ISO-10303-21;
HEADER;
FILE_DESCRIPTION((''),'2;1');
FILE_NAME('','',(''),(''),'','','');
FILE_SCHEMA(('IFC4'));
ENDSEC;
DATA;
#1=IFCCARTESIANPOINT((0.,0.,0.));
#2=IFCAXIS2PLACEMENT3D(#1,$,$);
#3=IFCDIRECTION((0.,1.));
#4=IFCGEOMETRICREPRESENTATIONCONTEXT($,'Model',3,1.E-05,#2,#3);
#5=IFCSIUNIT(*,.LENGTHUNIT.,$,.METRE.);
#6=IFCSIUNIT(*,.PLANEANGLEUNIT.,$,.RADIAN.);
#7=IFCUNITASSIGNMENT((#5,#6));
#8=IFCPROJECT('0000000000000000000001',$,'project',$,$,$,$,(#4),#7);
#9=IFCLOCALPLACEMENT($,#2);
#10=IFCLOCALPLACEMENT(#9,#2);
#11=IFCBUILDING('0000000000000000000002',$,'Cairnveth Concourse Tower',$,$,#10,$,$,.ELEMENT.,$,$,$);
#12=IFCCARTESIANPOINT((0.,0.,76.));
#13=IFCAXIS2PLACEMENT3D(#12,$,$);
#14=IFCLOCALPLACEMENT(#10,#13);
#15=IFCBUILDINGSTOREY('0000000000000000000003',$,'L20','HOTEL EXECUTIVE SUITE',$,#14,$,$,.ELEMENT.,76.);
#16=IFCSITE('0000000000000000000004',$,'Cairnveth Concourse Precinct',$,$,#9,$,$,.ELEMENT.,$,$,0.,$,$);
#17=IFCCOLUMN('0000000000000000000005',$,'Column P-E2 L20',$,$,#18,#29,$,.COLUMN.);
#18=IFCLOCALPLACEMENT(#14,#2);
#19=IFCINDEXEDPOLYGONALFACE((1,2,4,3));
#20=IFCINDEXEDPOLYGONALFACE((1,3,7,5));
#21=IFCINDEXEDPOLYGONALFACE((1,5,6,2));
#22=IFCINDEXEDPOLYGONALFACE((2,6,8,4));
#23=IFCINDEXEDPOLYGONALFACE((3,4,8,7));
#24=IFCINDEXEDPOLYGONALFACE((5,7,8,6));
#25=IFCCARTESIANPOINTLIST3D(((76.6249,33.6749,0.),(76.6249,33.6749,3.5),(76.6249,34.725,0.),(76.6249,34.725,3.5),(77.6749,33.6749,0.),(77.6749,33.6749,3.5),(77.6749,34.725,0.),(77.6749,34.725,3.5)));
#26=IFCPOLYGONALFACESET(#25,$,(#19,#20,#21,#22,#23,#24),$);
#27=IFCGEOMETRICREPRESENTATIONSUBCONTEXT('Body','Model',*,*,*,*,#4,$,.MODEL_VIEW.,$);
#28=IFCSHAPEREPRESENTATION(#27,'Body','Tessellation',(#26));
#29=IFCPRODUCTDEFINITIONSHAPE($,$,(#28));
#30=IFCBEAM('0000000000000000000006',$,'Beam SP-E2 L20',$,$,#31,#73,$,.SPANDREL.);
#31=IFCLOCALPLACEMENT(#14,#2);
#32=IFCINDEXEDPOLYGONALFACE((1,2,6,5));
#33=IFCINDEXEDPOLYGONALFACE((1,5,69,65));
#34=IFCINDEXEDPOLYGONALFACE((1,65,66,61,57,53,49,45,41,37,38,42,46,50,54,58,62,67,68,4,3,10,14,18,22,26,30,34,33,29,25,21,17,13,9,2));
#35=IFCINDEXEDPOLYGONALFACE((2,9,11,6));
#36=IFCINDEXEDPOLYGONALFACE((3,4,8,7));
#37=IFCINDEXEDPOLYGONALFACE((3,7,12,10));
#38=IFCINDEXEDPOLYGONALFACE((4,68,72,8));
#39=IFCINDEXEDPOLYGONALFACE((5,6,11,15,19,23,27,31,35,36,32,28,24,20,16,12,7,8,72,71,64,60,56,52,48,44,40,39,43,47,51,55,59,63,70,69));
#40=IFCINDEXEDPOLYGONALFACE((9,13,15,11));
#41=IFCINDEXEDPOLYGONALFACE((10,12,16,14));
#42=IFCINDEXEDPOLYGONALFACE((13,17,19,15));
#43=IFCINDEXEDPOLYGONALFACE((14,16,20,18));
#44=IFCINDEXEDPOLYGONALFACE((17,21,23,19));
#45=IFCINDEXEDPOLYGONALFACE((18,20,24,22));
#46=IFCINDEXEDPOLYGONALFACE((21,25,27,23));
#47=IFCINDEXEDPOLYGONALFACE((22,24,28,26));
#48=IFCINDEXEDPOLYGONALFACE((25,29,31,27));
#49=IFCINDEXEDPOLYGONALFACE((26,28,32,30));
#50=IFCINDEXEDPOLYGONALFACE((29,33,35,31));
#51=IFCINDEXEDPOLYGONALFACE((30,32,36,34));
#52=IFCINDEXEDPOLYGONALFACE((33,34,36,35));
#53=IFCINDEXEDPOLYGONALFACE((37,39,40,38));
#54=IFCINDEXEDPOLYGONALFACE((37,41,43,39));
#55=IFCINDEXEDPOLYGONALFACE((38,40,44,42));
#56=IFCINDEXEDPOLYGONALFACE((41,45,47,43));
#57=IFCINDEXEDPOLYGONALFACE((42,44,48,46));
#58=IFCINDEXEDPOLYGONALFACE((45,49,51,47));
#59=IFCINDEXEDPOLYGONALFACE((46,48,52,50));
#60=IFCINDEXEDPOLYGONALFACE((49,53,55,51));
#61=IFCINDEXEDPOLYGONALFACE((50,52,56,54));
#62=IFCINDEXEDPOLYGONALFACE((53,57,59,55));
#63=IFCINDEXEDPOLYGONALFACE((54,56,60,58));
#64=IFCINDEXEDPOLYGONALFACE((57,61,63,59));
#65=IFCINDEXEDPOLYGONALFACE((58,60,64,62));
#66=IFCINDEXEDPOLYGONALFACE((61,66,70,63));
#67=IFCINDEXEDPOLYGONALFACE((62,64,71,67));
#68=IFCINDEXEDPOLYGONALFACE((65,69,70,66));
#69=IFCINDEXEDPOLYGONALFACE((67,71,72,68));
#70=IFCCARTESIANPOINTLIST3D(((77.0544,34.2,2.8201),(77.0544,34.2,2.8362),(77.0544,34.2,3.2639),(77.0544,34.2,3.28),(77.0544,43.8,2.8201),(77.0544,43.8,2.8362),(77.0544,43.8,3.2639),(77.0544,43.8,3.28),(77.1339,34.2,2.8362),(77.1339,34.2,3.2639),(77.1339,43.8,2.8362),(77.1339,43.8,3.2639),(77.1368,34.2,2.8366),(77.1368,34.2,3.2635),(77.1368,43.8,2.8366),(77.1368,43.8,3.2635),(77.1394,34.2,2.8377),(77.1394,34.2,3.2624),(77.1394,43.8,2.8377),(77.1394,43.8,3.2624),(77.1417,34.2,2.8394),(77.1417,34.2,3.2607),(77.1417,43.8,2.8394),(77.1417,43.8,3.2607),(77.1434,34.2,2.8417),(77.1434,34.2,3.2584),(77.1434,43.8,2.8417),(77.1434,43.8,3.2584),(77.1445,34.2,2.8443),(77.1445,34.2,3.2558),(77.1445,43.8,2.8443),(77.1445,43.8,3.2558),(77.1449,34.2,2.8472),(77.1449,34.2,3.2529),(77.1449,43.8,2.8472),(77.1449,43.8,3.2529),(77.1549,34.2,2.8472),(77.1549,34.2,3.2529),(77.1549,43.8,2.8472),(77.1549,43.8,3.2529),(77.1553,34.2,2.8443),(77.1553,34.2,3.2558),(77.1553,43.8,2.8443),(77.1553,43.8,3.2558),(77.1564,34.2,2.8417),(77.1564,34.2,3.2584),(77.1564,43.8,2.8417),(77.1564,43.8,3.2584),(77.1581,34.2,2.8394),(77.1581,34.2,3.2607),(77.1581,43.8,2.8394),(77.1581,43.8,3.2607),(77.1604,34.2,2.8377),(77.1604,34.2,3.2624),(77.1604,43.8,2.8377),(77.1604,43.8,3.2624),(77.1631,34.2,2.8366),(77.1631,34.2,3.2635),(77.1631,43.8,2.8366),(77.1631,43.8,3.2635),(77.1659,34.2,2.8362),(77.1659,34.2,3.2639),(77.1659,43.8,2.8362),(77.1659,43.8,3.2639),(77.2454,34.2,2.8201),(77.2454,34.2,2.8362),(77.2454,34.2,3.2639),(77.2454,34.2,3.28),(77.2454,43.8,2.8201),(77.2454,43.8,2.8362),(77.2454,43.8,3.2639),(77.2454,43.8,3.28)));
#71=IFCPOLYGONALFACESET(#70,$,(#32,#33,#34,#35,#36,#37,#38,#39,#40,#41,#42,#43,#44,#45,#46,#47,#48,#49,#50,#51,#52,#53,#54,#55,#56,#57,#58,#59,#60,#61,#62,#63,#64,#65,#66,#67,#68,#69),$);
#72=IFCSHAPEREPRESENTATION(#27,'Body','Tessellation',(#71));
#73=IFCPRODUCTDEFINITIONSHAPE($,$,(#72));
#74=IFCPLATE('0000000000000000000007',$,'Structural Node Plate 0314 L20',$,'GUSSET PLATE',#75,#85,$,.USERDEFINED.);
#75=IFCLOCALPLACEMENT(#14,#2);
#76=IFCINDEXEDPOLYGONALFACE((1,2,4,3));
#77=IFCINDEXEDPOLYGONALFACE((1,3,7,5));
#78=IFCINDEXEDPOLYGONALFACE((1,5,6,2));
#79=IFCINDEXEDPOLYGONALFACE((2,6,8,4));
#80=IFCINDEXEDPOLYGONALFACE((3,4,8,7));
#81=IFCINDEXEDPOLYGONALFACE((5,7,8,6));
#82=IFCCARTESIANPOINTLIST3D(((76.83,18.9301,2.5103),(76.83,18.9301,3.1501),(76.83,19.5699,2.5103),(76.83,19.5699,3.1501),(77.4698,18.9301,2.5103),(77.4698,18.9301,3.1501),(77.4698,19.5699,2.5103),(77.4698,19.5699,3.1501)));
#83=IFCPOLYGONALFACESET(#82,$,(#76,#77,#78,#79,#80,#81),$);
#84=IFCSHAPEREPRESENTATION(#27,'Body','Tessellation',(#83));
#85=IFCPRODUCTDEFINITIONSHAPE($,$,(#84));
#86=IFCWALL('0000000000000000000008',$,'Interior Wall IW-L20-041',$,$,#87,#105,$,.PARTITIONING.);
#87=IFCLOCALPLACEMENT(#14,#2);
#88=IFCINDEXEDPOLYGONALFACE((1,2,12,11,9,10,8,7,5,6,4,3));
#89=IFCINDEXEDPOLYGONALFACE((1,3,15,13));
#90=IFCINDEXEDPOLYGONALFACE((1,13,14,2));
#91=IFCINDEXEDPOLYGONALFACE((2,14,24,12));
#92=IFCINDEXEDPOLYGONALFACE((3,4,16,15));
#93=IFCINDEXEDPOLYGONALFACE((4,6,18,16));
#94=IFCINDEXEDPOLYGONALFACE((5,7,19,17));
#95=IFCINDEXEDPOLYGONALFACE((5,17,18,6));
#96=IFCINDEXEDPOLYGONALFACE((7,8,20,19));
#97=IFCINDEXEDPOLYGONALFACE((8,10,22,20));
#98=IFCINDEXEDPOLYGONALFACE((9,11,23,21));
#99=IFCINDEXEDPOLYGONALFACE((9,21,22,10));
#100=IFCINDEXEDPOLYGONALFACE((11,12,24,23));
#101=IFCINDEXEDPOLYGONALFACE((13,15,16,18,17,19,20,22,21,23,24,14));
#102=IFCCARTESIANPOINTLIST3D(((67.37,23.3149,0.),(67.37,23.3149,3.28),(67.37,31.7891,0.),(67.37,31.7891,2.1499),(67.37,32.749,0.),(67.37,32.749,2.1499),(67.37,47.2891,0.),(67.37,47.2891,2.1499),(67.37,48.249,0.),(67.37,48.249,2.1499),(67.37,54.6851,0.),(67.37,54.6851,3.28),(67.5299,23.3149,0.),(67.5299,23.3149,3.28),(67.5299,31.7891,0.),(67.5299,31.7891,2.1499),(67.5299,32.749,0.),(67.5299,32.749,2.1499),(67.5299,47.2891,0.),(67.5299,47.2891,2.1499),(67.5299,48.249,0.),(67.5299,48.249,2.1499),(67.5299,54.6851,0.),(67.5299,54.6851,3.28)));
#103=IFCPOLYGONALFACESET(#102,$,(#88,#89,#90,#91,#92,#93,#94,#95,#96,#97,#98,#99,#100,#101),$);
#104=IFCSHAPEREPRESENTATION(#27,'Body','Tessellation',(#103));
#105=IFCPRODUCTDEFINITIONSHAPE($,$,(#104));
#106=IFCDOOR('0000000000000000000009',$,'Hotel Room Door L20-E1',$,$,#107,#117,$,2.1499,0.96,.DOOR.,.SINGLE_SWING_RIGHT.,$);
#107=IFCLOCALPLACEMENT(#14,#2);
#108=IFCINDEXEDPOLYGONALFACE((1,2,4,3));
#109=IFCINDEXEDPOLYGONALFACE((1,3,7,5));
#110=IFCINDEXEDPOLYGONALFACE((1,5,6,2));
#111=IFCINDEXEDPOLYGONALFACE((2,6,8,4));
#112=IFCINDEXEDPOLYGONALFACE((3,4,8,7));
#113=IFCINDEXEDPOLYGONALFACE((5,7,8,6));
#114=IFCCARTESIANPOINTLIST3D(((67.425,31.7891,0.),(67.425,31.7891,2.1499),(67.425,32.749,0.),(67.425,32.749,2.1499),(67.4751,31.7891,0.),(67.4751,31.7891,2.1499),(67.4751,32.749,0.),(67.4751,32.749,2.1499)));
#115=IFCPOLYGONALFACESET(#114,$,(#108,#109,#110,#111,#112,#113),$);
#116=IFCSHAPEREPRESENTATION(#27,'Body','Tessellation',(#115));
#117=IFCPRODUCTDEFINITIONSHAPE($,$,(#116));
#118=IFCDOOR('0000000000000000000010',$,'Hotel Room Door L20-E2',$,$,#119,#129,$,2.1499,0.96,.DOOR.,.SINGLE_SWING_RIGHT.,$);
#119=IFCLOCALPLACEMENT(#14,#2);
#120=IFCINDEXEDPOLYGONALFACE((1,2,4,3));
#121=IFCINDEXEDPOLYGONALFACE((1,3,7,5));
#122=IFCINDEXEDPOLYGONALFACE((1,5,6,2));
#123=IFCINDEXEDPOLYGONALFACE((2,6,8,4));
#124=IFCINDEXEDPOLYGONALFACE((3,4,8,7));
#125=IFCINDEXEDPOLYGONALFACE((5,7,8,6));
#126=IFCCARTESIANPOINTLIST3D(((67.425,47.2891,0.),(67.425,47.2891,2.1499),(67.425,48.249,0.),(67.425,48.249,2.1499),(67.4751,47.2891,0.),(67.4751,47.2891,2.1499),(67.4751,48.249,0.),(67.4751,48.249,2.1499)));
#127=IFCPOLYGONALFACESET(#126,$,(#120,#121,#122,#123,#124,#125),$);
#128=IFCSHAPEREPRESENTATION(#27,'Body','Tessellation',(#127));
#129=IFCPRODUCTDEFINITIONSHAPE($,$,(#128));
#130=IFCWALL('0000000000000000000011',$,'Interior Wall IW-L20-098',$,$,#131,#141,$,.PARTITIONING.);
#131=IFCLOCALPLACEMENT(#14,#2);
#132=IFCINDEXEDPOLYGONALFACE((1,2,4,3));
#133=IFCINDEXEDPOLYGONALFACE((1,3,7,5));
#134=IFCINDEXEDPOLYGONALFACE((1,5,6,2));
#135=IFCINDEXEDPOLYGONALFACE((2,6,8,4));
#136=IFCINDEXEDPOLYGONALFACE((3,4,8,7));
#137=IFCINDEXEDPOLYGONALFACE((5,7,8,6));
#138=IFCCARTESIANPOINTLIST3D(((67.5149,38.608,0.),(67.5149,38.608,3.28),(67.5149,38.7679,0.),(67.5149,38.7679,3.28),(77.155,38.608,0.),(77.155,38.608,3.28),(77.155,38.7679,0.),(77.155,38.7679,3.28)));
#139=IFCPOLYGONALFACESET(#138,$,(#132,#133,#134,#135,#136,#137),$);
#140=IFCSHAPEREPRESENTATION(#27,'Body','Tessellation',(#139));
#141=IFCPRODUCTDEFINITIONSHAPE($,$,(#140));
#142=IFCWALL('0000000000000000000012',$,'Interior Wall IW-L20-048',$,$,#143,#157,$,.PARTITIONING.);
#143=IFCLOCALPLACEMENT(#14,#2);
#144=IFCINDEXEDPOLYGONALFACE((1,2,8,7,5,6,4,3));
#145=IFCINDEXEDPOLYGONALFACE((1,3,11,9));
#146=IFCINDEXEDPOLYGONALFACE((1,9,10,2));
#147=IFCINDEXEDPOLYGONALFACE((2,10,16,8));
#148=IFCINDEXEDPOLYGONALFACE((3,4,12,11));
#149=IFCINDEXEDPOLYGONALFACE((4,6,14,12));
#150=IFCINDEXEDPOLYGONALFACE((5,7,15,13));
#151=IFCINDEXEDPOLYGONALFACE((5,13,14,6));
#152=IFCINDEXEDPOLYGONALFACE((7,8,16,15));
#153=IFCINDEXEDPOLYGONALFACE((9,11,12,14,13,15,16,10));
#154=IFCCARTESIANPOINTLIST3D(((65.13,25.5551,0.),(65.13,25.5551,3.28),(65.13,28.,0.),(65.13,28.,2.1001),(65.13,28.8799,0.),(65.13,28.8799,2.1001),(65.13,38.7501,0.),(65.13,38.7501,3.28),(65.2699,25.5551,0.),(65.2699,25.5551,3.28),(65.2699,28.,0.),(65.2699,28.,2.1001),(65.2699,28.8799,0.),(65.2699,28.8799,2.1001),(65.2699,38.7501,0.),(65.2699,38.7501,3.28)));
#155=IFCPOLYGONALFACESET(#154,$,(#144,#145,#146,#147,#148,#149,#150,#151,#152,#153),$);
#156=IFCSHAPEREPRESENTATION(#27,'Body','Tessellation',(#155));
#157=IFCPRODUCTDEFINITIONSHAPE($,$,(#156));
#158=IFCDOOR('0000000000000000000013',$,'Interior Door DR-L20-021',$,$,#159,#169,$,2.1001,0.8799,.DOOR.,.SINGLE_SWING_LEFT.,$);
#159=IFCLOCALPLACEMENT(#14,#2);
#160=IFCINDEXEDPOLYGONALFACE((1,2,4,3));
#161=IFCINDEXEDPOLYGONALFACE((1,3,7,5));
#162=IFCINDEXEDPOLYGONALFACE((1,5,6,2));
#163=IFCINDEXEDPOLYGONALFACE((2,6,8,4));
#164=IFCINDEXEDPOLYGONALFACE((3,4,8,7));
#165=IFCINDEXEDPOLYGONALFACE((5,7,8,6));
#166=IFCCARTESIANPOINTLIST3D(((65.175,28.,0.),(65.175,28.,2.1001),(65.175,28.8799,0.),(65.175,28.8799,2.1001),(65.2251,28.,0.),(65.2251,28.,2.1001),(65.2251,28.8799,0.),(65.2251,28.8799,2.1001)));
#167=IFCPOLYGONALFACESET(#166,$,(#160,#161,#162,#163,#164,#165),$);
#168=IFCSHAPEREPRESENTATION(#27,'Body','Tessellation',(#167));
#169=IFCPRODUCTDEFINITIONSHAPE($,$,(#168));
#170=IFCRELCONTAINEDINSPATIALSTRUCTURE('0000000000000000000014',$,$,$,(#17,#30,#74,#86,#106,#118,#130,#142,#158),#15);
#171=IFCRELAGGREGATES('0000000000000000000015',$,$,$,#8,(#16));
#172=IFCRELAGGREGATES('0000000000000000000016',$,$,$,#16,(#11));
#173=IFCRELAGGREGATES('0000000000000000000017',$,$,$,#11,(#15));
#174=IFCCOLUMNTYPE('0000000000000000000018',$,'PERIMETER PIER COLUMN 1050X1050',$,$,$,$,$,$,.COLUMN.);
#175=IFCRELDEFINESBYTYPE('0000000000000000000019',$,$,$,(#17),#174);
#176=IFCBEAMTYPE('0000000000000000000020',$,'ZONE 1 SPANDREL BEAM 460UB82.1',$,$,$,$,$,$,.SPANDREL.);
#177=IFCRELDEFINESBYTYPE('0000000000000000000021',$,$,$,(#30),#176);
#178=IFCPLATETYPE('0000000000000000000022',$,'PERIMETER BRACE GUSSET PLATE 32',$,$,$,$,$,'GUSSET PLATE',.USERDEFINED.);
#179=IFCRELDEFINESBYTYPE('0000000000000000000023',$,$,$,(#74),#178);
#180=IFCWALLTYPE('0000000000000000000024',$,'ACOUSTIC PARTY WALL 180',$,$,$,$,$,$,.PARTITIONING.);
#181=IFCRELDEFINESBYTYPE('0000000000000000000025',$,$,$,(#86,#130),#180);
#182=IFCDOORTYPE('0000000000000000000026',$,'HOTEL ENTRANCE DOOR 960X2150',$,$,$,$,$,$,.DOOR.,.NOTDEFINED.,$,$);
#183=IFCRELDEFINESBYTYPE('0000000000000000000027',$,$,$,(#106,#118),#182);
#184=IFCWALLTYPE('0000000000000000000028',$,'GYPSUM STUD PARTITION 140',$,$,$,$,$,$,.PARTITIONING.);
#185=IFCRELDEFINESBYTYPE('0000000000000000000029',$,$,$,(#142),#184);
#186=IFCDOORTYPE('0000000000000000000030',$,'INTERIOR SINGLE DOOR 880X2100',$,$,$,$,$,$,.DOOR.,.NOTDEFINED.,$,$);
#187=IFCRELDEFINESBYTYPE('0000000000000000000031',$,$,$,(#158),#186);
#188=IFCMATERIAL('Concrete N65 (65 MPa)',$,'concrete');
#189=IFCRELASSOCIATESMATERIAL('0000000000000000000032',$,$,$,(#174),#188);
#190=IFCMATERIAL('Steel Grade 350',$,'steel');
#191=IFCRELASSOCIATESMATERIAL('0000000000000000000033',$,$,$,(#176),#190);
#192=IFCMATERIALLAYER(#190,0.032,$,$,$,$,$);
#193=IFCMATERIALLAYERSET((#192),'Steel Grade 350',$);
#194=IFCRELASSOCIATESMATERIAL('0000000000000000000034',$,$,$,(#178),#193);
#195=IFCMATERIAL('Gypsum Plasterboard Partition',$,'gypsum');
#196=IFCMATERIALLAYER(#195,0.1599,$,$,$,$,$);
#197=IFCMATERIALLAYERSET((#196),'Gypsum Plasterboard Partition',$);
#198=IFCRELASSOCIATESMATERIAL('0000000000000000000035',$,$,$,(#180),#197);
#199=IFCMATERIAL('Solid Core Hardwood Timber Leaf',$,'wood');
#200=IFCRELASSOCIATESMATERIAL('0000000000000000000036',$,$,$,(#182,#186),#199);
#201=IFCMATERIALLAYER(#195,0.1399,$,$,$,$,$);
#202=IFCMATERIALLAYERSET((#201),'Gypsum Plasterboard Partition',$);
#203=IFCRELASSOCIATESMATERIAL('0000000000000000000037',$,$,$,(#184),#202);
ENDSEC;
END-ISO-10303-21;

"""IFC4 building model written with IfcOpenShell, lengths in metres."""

from ifc_helpers import new_model, si_unit, direction, frame, frame_2d, origin, origin_2d, place, context, subcontext, project, spatial, rectangle, i_section, extrude, material, layer, layer_set, material_profile, profile_set, type_object, element, fill, save


model = new_model("IFC4")

# Units and contexts
model_context = context("Model", 3, precision=1e-05, world=origin(), true_north=direction((0.0, 1.0)))
body_context = subcontext(model_context, "Body", "Model", "MODEL_VIEW")
ifc_project = project(units=[si_unit("LENGTHUNIT", "METRE"), si_unit("PLANEANGLEUNIT", "RADIAN")], contexts=[model_context])

# Site, building, storey
site_placement = place(None, origin())
site = spatial("IfcSite", under=ifc_project, at=site_placement, Name="Cairnveth Concourse Precinct", CompositionType="ELEMENT", RefElevation=0.0)
building_placement = place(site_placement, origin())
building = spatial("IfcBuilding", under=site, at=building_placement, Name="Cairnveth Concourse Tower", CompositionType="ELEMENT")
storey_placement = place(building_placement, frame((0.0, 0.0, 76.0)))
storey = spatial("IfcBuildingStorey", under=building, at=storey_placement, Name="L20", Description="HOTEL EXECUTIVE SUITE", CompositionType="ELEMENT", Elevation=76.0)

# Column
ifc_material_1 = material(Name="Concrete N65 (65 MPa)", Category="concrete")
ifc_material_profile_1 = material_profile(ifc_material_1, rectangle(XDim=1.05, YDim=1.05, at=origin_2d()), Name="RC-COL-1050x1050")
ifc_profile_set_1 = profile_set([ifc_material_profile_1], Name="Concrete N65 (65 MPa)")
column_type = type_object("IfcColumnType", Name="PERIMETER PIER COLUMN 1050X1050", PredefinedType="COLUMN", material=ifc_profile_set_1)
column_placement = place(storey_placement, frame((77.1499, 34.2, 0.0), z_axis=(0.0, 0.0, 1.0), x_axis=(0.0, 1.0, 0.0)))
element("IfcColumn", 1, at=column_placement, inside=storey, type_object=column_type, Name="Column P-E2 L20", PredefinedType="COLUMN", context=body_context, shape_type="SweptSolid", body=[
    extrude(rectangle(XDim=1.05, YDim=1.05, at=origin_2d()), origin(), (0.0, 0.0, 1.0), 3.5),
])

# Beam
ifc_material_2 = material(Name="Steel Grade 350", Category="steel")
ifc_material_profile_2 = material_profile(ifc_material_2, i_section(OverallWidth=0.1909, OverallDepth=0.46, WebThickness=0.01, FlangeThickness=0.0161, FilletRadius=0.011, at=origin_2d()), Name="460UB82.1")
ifc_profile_set_2 = profile_set([ifc_material_profile_2], Name="Steel Grade 350")
beam_type = type_object("IfcBeamType", Name="ZONE 1 SPANDREL BEAM 460UB82.1", PredefinedType="SPANDREL", material=ifc_profile_set_2)
beam_placement = place(storey_placement, frame((77.1499, 34.2, 3.05), z_axis=(0.0, 1.0, 0.0), x_axis=(-1.0, 0.0, 0.0)))
element("IfcBeam", 2, at=beam_placement, inside=storey, type_object=beam_type, Name="Beam SP-E2 L20", PredefinedType="SPANDREL", context=body_context, shape_type="SweptSolid", body=[
    extrude(i_section(OverallWidth=0.1909, OverallDepth=0.46, WebThickness=0.01, FlangeThickness=0.0161, FilletRadius=0.011, at=origin_2d()), origin(), (0.0, 0.0, 1.0), 9.6001),
])

# Plate
ifc_layer_1 = layer(ifc_material_2, 0.032)
ifc_layer_set_1 = layer_set([ifc_layer_1], Name="Steel Grade 350")
plate_type = type_object("IfcPlateType", Name="PERIMETER BRACE GUSSET PLATE 32", ElementType="GUSSET PLATE", PredefinedType="USERDEFINED", material=ifc_layer_set_1)
plate_placement = place(storey_placement, frame((77.1499, 19.25, 2.5103), z_axis=(0.0, 0.0, 1.0), x_axis=(1.0, 0.0, 0.0)))
element("IfcPlate", 3, at=plate_placement, inside=storey, type_object=plate_type, Name="Structural Node Plate 0314 L20", ObjectType="GUSSET PLATE", PredefinedType="USERDEFINED", context=body_context, shape_type="SweptSolid", body=[
    extrude(rectangle(XDim=0.6399, YDim=0.6399, at=origin_2d()), origin(), (0.0, 0.0, 1.0), 0.6399),
])

# Wall, openings, doors
ifc_material_3 = material(Name="Gypsum Plasterboard Partition", Category="gypsum")
ifc_layer_2 = layer(ifc_material_3, 0.1599)
ifc_layer_set_2 = layer_set([ifc_layer_2], Name="Gypsum Plasterboard Partition")
wall_type_1 = type_object("IfcWallType", Name="ACOUSTIC PARTY WALL 180", PredefinedType="PARTITIONING", material=ifc_layer_set_2)
wall_1_placement = place(storey_placement, frame((67.45, 23.3149, 0.0), z_axis=(0.0, 0.0, 1.0), x_axis=(0.0, 1.0, 0.0)))
wall_1 = element("IfcWall", 4, at=wall_1_placement, inside=storey, type_object=wall_type_1, Name="Interior Wall IW-L20-041", PredefinedType="PARTITIONING", context=body_context, shape_type="SweptSolid", body=[
    extrude(rectangle(XDim=31.3701, YDim=0.1599, at=frame_2d((15.6851, 0.0))), origin(), (0.0, 0.0, 1.0), 3.28),
])
opening_1_placement = place(wall_1_placement, frame((8.4741, 0.0, 0.0)))
opening_1 = element("IfcOpeningElement", 5, at=opening_1_placement, cuts=wall_1, PredefinedType="OPENING", context=body_context, shape_type="SweptSolid", body=[
    extrude(rectangle(XDim=0.96, YDim=2.1499, at=frame_2d((0.48, 1.075))), frame((0.0, 0.0898, 0.0), z_axis=(0.0, -1.0, 0.0), x_axis=(1.0, 0.0, 0.0)), (0.0, 0.0, 1.0), 0.1799),
])
opening_2_placement = place(wall_1_placement, frame((23.9741, 0.0, 0.0)))
opening_2 = element("IfcOpeningElement", 6, at=opening_2_placement, cuts=wall_1, PredefinedType="OPENING", context=body_context, shape_type="SweptSolid", body=[
    extrude(rectangle(XDim=0.96, YDim=2.1499, at=frame_2d((0.48, 1.075))), frame((0.0, 0.0898, 0.0), z_axis=(0.0, -1.0, 0.0), x_axis=(1.0, 0.0, 0.0)), (0.0, 0.0, 1.0), 0.1799),
])
ifc_material_4 = material(Name="Solid Core Hardwood Timber Leaf", Category="wood")
door_type_1 = type_object("IfcDoorType", Name="HOTEL ENTRANCE DOOR 960X2150", OperationType="NOTDEFINED", PredefinedType="DOOR", material=ifc_material_4)
door_1_placement = place(opening_1_placement, origin())
door_1 = element("IfcDoor", 7, at=door_1_placement, inside=storey, type_object=door_type_1, Name="Hotel Room Door L20-E1", OperationType="SINGLE_SWING_RIGHT", OverallHeight=2.1499, OverallWidth=0.96, PredefinedType="DOOR", context=body_context, shape_type="SweptSolid", body=[
    extrude(rectangle(XDim=0.96, YDim=2.1499, at=frame_2d((0.48, 1.075))), frame((0.0, 0.0249, 0.0), z_axis=(0.0, -1.0, 0.0), x_axis=(1.0, 0.0, 0.0)), (0.0, 0.0, 1.0), 0.05),
])
fill(opening_1, door_1)
door_2_placement = place(opening_2_placement, origin())
door_2 = element("IfcDoor", 8, at=door_2_placement, inside=storey, type_object=door_type_1, Name="Hotel Room Door L20-E2", OperationType="SINGLE_SWING_RIGHT", OverallHeight=2.1499, OverallWidth=0.96, PredefinedType="DOOR", context=body_context, shape_type="SweptSolid", body=[
    extrude(rectangle(XDim=0.96, YDim=2.1499, at=frame_2d((0.48, 1.075))), frame((0.0, 0.0249, 0.0), z_axis=(0.0, -1.0, 0.0), x_axis=(1.0, 0.0, 0.0)), (0.0, 0.0, 1.0), 0.05),
])
fill(opening_2, door_2)

# Wall
wall_2_placement = place(storey_placement, frame((67.5149, 38.688, 0.0), z_axis=(0.0, 0.0, 1.0), x_axis=(1.0, 0.0, 0.0)))
element("IfcWall", 9, at=wall_2_placement, inside=storey, type_object=wall_type_1, Name="Interior Wall IW-L20-098", PredefinedType="PARTITIONING", context=body_context, shape_type="SweptSolid", body=[
    extrude(rectangle(XDim=9.6401, YDim=0.1599, at=frame_2d((4.8201, 0.0))), origin(), (0.0, 0.0, 1.0), 3.28),
])

# Wall, opening, door
ifc_layer_3 = layer(ifc_material_3, 0.1399)
ifc_layer_set_3 = layer_set([ifc_layer_3], Name="Gypsum Plasterboard Partition")
wall_type_2 = type_object("IfcWallType", Name="GYPSUM STUD PARTITION 140", PredefinedType="PARTITIONING", material=ifc_layer_set_3)
wall_3_placement = place(storey_placement, frame((65.2, 25.5549, 0.0), z_axis=(0.0, 0.0, 1.0), x_axis=(0.0, 1.0, 0.0)))
wall_3 = element("IfcWall", 10, at=wall_3_placement, inside=storey, type_object=wall_type_2, Name="Interior Wall IW-L20-048", PredefinedType="PARTITIONING", context=body_context, shape_type="SweptSolid", body=[
    extrude(rectangle(XDim=13.1951, YDim=0.1399, at=frame_2d((6.5977, 0.0))), origin(), (0.0, 0.0, 1.0), 3.28),
])
opening_3_placement = place(wall_3_placement, frame((2.4451, 0.0, 0.0)))
opening_3 = element("IfcOpeningElement", 11, at=opening_3_placement, cuts=wall_3, PredefinedType="OPENING", context=body_context, shape_type="SweptSolid", body=[
    extrude(rectangle(XDim=0.8799, YDim=2.1001, at=frame_2d((0.4399, 1.05))), frame((0.0, 0.0798, 0.0), z_axis=(0.0, -1.0, 0.0), x_axis=(1.0, 0.0, 0.0)), (0.0, 0.0, 1.0), 0.1599),
])
door_type_2 = type_object("IfcDoorType", Name="INTERIOR SINGLE DOOR 880X2100", OperationType="NOTDEFINED", PredefinedType="DOOR", material=ifc_material_4)
door_3_placement = place(opening_3_placement, origin())
door_3 = element("IfcDoor", 12, at=door_3_placement, inside=storey, type_object=door_type_2, Name="Interior Door DR-L20-021", OperationType="SINGLE_SWING_LEFT", OverallHeight=2.1001, OverallWidth=0.8799, PredefinedType="DOOR", context=body_context, shape_type="SweptSolid", body=[
    extrude(rectangle(XDim=0.8799, YDim=2.1001, at=frame_2d((0.4399, 1.05))), frame((0.0, 0.0249, 0.0), z_axis=(0.0, -1.0, 0.0), x_axis=(1.0, 0.0, 0.0)), (0.0, 0.0, 1.0), 0.05),
])
fill(opening_3, door_3)

save(model, "model.ifc")
